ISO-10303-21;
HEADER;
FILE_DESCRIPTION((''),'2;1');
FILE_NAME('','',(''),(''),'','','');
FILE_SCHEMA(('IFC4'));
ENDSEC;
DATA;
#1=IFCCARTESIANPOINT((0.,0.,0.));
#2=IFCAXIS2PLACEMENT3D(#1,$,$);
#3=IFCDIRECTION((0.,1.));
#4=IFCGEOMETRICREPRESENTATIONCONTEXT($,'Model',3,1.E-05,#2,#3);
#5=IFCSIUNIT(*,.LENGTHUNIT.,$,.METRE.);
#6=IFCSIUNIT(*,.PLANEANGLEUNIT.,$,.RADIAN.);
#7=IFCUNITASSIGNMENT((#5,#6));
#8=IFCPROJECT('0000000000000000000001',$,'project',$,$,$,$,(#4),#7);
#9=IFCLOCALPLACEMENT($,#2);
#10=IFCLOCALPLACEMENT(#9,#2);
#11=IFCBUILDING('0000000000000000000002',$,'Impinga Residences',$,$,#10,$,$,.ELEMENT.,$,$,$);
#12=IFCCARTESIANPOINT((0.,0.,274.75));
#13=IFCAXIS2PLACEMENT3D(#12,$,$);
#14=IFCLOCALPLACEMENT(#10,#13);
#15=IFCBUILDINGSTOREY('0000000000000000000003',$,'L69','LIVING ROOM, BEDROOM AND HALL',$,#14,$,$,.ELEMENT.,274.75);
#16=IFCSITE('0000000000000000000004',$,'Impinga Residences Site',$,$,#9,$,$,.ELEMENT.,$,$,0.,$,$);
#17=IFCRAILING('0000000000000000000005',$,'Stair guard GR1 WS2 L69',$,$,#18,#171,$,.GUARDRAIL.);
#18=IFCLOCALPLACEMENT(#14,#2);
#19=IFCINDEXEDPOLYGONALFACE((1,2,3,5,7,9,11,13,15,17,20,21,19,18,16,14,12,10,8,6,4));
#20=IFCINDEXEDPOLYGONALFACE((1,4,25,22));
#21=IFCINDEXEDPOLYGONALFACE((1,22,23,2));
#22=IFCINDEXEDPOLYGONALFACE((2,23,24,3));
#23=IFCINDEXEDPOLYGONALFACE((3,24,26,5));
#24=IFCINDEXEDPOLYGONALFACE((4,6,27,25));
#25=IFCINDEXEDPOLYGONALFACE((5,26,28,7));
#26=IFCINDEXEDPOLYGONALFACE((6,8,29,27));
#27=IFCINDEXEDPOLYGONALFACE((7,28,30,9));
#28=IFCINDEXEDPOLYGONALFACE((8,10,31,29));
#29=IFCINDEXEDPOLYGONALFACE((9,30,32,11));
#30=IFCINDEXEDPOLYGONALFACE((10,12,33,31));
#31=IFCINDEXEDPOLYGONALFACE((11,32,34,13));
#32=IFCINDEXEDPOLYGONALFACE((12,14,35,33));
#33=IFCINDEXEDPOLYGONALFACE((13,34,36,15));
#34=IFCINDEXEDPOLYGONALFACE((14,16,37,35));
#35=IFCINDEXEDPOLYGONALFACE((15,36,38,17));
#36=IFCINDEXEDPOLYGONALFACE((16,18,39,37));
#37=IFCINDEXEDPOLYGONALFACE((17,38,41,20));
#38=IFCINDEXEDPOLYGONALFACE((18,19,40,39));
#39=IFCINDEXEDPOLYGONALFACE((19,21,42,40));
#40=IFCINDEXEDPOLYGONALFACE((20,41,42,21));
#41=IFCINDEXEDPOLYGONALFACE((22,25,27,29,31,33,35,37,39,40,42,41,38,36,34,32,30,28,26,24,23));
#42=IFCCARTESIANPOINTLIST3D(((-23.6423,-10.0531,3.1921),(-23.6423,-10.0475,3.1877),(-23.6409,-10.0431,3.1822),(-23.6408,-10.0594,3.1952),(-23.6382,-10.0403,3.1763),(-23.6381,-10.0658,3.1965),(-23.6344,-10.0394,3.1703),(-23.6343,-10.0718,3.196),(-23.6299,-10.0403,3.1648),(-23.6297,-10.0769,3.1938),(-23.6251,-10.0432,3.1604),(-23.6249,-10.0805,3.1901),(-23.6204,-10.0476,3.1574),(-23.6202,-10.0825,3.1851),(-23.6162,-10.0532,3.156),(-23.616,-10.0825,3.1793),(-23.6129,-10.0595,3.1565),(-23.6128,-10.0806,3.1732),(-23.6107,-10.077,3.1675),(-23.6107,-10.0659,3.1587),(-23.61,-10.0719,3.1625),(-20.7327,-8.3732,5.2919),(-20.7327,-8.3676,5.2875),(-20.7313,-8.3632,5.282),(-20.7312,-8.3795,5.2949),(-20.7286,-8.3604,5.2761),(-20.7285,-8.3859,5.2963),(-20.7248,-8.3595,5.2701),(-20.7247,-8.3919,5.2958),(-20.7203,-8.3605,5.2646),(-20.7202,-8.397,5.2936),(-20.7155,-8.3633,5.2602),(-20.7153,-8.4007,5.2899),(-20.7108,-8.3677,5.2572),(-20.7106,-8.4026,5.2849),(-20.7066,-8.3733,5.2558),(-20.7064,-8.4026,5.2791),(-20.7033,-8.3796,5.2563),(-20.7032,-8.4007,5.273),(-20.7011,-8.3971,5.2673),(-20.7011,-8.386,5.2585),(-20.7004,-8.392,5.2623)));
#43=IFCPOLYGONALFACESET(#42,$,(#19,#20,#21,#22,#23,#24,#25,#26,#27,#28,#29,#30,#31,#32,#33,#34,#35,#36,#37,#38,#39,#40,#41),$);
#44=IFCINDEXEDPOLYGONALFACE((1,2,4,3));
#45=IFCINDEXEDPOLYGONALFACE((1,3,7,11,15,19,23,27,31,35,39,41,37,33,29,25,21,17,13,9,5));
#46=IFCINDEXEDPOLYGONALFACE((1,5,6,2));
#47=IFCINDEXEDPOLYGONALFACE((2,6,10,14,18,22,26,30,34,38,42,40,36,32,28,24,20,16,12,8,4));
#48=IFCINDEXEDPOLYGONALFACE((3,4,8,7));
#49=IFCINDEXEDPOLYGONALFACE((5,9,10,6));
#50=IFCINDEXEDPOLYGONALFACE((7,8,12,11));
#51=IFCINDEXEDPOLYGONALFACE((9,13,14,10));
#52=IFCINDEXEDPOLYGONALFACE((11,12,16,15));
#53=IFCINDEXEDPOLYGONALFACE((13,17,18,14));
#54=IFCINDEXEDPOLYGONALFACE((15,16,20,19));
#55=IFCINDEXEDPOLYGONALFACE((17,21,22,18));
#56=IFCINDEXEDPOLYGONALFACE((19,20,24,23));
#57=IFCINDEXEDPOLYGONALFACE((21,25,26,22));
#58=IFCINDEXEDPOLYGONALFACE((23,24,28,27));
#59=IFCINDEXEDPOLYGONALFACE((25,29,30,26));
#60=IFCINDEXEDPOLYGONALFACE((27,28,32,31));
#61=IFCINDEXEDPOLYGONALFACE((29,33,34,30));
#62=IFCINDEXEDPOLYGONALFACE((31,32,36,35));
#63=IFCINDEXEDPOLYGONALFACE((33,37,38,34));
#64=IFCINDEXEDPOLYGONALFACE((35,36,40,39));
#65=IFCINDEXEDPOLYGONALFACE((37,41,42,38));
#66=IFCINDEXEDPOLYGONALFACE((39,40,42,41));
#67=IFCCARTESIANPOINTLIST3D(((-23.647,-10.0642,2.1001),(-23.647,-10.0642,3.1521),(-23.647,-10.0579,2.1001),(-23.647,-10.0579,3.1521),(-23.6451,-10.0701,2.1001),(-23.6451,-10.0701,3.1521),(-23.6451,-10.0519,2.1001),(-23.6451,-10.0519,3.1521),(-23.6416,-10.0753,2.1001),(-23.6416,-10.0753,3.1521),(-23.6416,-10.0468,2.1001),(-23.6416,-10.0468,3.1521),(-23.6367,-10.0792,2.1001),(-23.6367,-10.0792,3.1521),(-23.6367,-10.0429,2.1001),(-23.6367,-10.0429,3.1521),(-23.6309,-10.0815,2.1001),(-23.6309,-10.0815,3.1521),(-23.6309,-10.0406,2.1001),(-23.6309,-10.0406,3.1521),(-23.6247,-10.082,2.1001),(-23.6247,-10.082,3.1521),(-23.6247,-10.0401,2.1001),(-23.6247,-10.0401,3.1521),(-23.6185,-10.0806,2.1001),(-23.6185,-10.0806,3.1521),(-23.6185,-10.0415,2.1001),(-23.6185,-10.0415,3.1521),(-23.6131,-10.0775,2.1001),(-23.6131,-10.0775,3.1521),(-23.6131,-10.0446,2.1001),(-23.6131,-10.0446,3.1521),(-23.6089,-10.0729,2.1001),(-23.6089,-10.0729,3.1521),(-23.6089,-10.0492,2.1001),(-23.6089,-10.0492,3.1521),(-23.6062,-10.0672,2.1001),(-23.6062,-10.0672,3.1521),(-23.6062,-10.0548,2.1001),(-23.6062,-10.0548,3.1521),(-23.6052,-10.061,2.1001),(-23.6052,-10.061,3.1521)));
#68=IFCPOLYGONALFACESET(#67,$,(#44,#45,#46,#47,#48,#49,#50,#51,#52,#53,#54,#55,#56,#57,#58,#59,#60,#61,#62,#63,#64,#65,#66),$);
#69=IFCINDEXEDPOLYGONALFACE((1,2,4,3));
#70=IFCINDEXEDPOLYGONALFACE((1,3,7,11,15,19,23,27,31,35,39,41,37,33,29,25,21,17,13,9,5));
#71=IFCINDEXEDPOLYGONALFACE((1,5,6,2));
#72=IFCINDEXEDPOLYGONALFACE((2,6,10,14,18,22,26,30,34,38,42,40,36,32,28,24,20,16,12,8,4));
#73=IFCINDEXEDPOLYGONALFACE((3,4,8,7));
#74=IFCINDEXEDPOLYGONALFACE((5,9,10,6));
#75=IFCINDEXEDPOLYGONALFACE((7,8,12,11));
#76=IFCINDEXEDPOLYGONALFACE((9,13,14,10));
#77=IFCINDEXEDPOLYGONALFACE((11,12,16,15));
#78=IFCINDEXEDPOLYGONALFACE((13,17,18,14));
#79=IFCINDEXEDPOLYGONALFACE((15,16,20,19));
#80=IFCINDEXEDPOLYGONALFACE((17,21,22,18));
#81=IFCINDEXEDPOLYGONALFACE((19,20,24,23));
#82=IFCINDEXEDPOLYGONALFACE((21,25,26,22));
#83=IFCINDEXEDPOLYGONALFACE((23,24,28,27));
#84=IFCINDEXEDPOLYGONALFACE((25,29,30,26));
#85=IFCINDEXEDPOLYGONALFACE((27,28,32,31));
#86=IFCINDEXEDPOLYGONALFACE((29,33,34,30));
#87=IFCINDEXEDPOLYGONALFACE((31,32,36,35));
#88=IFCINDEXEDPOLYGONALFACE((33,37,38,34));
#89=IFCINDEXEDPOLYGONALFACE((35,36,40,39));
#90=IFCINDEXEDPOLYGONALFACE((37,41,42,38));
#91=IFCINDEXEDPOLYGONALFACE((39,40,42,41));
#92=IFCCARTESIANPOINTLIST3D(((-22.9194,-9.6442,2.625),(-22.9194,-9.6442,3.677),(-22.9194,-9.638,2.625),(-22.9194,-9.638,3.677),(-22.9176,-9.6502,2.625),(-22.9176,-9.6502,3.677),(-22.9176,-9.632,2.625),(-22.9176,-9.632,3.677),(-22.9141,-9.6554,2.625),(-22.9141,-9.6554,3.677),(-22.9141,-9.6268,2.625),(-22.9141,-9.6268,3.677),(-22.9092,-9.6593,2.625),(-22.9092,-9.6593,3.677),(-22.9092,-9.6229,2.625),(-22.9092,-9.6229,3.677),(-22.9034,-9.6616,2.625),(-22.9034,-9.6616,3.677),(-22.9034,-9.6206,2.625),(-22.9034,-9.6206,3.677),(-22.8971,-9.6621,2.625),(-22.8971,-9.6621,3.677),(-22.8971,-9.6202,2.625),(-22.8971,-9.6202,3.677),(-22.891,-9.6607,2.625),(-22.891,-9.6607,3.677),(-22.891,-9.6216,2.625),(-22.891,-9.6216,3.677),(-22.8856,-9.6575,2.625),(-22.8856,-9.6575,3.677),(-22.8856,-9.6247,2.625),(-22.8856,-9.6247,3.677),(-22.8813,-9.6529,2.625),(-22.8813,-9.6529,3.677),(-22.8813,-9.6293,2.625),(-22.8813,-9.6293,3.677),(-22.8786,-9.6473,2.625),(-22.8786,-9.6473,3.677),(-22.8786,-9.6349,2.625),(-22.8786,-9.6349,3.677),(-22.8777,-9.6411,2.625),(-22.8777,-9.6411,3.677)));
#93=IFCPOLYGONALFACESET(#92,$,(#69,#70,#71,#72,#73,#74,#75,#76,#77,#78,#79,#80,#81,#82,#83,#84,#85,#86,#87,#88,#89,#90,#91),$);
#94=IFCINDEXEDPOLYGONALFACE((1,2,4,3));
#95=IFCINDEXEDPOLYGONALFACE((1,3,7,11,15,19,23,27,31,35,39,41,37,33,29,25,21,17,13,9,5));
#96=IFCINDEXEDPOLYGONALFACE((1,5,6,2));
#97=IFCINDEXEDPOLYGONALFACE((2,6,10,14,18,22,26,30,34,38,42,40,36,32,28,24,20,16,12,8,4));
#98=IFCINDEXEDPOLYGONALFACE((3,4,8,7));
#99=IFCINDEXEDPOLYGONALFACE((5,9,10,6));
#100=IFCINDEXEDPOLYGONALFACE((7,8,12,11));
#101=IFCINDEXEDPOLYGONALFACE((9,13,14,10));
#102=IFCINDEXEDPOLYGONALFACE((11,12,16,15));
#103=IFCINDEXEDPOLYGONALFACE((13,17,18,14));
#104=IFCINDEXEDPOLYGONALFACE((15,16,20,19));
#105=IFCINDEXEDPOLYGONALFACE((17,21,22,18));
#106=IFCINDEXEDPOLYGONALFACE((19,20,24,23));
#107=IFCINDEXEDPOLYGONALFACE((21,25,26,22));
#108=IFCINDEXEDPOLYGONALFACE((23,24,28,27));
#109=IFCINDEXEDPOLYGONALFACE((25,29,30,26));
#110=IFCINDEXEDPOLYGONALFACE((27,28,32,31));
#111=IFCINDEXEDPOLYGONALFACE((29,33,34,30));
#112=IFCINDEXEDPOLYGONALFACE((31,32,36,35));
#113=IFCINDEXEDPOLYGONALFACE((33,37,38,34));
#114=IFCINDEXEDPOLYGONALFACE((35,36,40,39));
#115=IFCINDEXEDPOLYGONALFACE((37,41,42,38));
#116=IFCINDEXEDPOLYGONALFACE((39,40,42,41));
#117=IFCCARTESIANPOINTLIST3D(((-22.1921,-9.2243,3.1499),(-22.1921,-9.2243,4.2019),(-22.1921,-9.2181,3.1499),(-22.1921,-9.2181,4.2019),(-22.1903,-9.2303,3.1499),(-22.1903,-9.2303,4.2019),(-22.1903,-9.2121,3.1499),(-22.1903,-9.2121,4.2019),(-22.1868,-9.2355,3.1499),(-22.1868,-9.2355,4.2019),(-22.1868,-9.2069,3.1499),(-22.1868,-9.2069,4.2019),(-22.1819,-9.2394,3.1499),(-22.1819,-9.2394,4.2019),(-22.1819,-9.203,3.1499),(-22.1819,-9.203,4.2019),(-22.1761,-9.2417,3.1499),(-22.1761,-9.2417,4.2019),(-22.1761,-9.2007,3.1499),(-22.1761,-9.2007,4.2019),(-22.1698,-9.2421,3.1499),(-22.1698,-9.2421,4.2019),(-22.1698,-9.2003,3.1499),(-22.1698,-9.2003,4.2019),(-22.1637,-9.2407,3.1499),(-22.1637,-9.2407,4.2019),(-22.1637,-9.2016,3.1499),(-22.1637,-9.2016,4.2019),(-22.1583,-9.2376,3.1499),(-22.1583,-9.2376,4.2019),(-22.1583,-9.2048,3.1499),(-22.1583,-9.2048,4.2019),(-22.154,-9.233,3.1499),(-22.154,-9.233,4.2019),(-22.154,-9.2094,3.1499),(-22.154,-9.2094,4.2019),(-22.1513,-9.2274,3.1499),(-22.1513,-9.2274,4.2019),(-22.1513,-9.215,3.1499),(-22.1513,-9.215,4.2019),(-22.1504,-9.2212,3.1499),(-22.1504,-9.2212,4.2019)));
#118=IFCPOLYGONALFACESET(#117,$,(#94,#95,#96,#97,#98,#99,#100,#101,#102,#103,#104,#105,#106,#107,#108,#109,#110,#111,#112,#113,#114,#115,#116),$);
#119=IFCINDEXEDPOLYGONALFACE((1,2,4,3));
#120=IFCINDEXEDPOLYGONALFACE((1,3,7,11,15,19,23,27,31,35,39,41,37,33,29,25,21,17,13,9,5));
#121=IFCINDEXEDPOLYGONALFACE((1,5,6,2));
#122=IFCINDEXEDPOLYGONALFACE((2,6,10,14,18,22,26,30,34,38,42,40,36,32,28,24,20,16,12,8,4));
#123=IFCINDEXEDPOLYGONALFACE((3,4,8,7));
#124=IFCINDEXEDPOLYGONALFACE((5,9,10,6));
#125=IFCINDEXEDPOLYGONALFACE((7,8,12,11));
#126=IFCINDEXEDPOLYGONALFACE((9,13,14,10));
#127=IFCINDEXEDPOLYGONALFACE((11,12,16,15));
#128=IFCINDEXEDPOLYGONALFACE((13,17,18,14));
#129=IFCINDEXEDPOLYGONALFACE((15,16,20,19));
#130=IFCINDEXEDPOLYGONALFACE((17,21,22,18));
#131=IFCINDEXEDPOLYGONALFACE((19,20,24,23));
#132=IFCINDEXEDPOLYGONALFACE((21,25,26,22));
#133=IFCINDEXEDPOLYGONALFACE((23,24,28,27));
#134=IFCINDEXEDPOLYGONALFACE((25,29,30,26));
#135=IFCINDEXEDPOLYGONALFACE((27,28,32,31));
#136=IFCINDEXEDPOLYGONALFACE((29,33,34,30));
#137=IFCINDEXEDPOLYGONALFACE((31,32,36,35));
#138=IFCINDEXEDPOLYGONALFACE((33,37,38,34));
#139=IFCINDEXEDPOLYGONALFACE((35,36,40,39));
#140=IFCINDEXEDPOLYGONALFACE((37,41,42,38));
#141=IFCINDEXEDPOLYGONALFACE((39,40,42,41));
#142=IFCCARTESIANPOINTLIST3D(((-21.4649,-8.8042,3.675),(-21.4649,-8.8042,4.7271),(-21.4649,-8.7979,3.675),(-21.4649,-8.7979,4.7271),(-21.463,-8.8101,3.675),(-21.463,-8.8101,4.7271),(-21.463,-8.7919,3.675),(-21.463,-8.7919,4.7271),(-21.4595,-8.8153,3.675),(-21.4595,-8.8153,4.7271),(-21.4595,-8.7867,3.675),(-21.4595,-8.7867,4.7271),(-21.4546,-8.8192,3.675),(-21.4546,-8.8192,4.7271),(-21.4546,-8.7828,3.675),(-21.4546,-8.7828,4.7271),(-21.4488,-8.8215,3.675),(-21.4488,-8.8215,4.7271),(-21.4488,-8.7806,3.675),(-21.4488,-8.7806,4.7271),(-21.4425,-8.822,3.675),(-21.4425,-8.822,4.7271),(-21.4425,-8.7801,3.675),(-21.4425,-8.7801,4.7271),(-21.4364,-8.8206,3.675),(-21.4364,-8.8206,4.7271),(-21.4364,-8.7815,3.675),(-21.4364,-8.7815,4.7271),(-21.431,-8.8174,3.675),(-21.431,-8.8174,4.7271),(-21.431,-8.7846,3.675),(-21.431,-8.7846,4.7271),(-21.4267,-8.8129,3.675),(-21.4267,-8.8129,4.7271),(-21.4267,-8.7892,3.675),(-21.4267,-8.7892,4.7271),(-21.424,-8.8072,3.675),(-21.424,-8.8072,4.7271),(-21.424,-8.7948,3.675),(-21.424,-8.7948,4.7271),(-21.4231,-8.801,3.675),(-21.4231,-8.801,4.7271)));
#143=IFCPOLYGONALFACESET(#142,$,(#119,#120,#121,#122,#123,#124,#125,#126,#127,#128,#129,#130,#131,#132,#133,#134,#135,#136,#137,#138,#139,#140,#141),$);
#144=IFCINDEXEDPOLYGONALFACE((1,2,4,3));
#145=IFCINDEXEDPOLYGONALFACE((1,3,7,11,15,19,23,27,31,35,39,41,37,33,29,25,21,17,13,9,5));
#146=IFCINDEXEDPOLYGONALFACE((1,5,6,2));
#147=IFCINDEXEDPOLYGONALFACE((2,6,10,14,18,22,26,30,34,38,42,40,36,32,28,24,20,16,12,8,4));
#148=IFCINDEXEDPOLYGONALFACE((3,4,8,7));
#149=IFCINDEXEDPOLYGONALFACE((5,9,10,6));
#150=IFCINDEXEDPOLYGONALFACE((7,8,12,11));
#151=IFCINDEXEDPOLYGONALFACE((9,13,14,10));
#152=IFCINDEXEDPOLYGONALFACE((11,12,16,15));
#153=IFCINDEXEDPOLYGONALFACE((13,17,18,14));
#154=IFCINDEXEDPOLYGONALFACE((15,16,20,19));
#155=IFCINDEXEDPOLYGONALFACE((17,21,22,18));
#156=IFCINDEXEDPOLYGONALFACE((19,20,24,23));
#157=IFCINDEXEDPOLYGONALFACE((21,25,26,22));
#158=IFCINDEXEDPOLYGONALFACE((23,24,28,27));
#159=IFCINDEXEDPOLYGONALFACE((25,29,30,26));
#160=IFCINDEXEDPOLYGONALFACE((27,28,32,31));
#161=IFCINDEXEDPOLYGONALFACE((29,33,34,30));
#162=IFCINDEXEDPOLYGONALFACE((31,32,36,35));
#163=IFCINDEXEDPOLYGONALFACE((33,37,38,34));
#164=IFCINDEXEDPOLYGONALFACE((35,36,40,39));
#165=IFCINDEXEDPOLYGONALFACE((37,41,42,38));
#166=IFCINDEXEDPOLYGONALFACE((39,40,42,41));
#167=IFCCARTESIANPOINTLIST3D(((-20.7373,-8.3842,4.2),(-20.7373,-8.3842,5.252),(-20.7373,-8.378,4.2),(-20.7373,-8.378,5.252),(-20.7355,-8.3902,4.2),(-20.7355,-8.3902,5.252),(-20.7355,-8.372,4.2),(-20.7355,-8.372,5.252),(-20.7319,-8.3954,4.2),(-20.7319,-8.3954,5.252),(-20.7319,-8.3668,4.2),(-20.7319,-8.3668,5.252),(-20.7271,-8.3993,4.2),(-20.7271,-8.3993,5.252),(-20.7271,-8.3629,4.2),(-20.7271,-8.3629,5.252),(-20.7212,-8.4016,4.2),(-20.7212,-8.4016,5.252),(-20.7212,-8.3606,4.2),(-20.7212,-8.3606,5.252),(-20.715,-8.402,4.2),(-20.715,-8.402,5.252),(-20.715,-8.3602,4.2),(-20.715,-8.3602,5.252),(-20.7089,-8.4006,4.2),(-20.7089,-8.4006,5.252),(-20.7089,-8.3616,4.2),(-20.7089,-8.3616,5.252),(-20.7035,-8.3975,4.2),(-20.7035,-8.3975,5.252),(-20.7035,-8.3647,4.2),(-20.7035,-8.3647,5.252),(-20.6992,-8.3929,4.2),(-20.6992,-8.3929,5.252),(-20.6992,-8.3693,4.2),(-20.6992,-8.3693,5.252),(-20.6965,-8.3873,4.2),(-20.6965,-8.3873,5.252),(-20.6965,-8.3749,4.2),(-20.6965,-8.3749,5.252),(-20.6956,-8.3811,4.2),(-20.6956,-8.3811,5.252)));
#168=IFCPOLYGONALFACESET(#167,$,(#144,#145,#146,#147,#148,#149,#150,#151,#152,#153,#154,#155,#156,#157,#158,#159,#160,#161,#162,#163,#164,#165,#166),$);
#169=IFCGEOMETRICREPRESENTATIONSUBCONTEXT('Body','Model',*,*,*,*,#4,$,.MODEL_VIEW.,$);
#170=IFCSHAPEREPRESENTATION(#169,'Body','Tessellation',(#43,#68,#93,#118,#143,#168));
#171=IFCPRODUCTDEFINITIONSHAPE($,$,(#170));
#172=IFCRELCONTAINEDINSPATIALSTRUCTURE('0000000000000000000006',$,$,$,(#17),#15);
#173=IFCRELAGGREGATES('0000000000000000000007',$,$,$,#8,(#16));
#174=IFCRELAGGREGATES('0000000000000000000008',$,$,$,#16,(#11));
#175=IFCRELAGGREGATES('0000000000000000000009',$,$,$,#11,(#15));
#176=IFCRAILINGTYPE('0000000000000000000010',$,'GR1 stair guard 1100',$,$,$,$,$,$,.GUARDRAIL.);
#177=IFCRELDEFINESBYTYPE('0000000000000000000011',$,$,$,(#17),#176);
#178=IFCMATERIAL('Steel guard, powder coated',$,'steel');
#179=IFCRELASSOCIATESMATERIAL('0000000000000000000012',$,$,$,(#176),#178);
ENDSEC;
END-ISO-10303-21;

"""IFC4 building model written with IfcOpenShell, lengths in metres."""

from ifc_helpers import new_model, si_unit, direction, frame, origin, origin_2d, place, context, subcontext, project, spatial, circle, extrude, material, type_object, element, save


model = new_model("IFC4")

# Units and contexts
model_context = context("Model", 3, precision=1e-05, world=origin(), true_north=direction((0.0, 1.0)))
body_context = subcontext(model_context, "Body", "Model", "MODEL_VIEW")
ifc_project = project(units=[si_unit("LENGTHUNIT", "METRE"), si_unit("PLANEANGLEUNIT", "RADIAN")], contexts=[model_context])

# Site, building, storey
site_placement = place(None, origin())
site = spatial("IfcSite", under=ifc_project, at=site_placement, Name="Impinga Residences Site", CompositionType="ELEMENT", RefElevation=0.0)
building_placement = place(site_placement, origin())
building = spatial("IfcBuilding", under=site, at=building_placement, Name="Impinga Residences", CompositionType="ELEMENT")
storey_placement = place(building_placement, frame((0.0, 0.0, 274.75)))
storey = spatial("IfcBuildingStorey", under=building, at=storey_placement, Name="L69", Description="LIVING ROOM, BEDROOM AND HALL", CompositionType="ELEMENT", Elevation=274.75)

# Railing
ifc_material_1 = material(Name="Steel guard, powder coated", Category="steel")
railing_type_1 = type_object("IfcRailingType", Name="GR1 stair guard 1100", PredefinedType="GUARDRAIL", material=ifc_material_1)
railing_1_placement = place(storey_placement, frame((-23.6262, -10.061, 2.1001)))
element("IfcRailing", 1, at=railing_1_placement, inside=storey, type_object=railing_type_1, Name="Stair guard GR1 WS2 L69", PredefinedType="GUARDRAIL", context=body_context, shape_type="SweptSolid", body=[
    extrude(circle(Radius=0.0239, at=origin_2d()), frame((0.0, 0.0, 1.0762), z_axis=(0.734387, 0.424007, 0.529994), x_axis=(-0.500008, 0.866021, 0.0)), (0.0, 0.0, 1.0), 3.9619),
    extrude(circle(Radius=0.021, at=origin_2d()), origin(), (0.0, 0.0, 1.0), 1.052),
    extrude(circle(Radius=0.021, at=origin_2d()), frame((0.7275, 0.4199, 0.5249)), (0.0, 0.0, 1.0), 1.052),
    extrude(circle(Radius=0.021, at=origin_2d()), frame((1.4548, 0.8398, 1.0498)), (0.0, 0.0, 1.0), 1.052),
    extrude(circle(Radius=0.021, at=origin_2d()), frame((2.1821, 1.26, 1.575)), (0.0, 0.0, 1.0), 1.052),
    extrude(circle(Radius=0.021, at=origin_2d()), frame((2.9097, 1.6799, 2.0999)), (0.0, 0.0, 1.0), 1.052),
])

save(model, "model.ifc")
